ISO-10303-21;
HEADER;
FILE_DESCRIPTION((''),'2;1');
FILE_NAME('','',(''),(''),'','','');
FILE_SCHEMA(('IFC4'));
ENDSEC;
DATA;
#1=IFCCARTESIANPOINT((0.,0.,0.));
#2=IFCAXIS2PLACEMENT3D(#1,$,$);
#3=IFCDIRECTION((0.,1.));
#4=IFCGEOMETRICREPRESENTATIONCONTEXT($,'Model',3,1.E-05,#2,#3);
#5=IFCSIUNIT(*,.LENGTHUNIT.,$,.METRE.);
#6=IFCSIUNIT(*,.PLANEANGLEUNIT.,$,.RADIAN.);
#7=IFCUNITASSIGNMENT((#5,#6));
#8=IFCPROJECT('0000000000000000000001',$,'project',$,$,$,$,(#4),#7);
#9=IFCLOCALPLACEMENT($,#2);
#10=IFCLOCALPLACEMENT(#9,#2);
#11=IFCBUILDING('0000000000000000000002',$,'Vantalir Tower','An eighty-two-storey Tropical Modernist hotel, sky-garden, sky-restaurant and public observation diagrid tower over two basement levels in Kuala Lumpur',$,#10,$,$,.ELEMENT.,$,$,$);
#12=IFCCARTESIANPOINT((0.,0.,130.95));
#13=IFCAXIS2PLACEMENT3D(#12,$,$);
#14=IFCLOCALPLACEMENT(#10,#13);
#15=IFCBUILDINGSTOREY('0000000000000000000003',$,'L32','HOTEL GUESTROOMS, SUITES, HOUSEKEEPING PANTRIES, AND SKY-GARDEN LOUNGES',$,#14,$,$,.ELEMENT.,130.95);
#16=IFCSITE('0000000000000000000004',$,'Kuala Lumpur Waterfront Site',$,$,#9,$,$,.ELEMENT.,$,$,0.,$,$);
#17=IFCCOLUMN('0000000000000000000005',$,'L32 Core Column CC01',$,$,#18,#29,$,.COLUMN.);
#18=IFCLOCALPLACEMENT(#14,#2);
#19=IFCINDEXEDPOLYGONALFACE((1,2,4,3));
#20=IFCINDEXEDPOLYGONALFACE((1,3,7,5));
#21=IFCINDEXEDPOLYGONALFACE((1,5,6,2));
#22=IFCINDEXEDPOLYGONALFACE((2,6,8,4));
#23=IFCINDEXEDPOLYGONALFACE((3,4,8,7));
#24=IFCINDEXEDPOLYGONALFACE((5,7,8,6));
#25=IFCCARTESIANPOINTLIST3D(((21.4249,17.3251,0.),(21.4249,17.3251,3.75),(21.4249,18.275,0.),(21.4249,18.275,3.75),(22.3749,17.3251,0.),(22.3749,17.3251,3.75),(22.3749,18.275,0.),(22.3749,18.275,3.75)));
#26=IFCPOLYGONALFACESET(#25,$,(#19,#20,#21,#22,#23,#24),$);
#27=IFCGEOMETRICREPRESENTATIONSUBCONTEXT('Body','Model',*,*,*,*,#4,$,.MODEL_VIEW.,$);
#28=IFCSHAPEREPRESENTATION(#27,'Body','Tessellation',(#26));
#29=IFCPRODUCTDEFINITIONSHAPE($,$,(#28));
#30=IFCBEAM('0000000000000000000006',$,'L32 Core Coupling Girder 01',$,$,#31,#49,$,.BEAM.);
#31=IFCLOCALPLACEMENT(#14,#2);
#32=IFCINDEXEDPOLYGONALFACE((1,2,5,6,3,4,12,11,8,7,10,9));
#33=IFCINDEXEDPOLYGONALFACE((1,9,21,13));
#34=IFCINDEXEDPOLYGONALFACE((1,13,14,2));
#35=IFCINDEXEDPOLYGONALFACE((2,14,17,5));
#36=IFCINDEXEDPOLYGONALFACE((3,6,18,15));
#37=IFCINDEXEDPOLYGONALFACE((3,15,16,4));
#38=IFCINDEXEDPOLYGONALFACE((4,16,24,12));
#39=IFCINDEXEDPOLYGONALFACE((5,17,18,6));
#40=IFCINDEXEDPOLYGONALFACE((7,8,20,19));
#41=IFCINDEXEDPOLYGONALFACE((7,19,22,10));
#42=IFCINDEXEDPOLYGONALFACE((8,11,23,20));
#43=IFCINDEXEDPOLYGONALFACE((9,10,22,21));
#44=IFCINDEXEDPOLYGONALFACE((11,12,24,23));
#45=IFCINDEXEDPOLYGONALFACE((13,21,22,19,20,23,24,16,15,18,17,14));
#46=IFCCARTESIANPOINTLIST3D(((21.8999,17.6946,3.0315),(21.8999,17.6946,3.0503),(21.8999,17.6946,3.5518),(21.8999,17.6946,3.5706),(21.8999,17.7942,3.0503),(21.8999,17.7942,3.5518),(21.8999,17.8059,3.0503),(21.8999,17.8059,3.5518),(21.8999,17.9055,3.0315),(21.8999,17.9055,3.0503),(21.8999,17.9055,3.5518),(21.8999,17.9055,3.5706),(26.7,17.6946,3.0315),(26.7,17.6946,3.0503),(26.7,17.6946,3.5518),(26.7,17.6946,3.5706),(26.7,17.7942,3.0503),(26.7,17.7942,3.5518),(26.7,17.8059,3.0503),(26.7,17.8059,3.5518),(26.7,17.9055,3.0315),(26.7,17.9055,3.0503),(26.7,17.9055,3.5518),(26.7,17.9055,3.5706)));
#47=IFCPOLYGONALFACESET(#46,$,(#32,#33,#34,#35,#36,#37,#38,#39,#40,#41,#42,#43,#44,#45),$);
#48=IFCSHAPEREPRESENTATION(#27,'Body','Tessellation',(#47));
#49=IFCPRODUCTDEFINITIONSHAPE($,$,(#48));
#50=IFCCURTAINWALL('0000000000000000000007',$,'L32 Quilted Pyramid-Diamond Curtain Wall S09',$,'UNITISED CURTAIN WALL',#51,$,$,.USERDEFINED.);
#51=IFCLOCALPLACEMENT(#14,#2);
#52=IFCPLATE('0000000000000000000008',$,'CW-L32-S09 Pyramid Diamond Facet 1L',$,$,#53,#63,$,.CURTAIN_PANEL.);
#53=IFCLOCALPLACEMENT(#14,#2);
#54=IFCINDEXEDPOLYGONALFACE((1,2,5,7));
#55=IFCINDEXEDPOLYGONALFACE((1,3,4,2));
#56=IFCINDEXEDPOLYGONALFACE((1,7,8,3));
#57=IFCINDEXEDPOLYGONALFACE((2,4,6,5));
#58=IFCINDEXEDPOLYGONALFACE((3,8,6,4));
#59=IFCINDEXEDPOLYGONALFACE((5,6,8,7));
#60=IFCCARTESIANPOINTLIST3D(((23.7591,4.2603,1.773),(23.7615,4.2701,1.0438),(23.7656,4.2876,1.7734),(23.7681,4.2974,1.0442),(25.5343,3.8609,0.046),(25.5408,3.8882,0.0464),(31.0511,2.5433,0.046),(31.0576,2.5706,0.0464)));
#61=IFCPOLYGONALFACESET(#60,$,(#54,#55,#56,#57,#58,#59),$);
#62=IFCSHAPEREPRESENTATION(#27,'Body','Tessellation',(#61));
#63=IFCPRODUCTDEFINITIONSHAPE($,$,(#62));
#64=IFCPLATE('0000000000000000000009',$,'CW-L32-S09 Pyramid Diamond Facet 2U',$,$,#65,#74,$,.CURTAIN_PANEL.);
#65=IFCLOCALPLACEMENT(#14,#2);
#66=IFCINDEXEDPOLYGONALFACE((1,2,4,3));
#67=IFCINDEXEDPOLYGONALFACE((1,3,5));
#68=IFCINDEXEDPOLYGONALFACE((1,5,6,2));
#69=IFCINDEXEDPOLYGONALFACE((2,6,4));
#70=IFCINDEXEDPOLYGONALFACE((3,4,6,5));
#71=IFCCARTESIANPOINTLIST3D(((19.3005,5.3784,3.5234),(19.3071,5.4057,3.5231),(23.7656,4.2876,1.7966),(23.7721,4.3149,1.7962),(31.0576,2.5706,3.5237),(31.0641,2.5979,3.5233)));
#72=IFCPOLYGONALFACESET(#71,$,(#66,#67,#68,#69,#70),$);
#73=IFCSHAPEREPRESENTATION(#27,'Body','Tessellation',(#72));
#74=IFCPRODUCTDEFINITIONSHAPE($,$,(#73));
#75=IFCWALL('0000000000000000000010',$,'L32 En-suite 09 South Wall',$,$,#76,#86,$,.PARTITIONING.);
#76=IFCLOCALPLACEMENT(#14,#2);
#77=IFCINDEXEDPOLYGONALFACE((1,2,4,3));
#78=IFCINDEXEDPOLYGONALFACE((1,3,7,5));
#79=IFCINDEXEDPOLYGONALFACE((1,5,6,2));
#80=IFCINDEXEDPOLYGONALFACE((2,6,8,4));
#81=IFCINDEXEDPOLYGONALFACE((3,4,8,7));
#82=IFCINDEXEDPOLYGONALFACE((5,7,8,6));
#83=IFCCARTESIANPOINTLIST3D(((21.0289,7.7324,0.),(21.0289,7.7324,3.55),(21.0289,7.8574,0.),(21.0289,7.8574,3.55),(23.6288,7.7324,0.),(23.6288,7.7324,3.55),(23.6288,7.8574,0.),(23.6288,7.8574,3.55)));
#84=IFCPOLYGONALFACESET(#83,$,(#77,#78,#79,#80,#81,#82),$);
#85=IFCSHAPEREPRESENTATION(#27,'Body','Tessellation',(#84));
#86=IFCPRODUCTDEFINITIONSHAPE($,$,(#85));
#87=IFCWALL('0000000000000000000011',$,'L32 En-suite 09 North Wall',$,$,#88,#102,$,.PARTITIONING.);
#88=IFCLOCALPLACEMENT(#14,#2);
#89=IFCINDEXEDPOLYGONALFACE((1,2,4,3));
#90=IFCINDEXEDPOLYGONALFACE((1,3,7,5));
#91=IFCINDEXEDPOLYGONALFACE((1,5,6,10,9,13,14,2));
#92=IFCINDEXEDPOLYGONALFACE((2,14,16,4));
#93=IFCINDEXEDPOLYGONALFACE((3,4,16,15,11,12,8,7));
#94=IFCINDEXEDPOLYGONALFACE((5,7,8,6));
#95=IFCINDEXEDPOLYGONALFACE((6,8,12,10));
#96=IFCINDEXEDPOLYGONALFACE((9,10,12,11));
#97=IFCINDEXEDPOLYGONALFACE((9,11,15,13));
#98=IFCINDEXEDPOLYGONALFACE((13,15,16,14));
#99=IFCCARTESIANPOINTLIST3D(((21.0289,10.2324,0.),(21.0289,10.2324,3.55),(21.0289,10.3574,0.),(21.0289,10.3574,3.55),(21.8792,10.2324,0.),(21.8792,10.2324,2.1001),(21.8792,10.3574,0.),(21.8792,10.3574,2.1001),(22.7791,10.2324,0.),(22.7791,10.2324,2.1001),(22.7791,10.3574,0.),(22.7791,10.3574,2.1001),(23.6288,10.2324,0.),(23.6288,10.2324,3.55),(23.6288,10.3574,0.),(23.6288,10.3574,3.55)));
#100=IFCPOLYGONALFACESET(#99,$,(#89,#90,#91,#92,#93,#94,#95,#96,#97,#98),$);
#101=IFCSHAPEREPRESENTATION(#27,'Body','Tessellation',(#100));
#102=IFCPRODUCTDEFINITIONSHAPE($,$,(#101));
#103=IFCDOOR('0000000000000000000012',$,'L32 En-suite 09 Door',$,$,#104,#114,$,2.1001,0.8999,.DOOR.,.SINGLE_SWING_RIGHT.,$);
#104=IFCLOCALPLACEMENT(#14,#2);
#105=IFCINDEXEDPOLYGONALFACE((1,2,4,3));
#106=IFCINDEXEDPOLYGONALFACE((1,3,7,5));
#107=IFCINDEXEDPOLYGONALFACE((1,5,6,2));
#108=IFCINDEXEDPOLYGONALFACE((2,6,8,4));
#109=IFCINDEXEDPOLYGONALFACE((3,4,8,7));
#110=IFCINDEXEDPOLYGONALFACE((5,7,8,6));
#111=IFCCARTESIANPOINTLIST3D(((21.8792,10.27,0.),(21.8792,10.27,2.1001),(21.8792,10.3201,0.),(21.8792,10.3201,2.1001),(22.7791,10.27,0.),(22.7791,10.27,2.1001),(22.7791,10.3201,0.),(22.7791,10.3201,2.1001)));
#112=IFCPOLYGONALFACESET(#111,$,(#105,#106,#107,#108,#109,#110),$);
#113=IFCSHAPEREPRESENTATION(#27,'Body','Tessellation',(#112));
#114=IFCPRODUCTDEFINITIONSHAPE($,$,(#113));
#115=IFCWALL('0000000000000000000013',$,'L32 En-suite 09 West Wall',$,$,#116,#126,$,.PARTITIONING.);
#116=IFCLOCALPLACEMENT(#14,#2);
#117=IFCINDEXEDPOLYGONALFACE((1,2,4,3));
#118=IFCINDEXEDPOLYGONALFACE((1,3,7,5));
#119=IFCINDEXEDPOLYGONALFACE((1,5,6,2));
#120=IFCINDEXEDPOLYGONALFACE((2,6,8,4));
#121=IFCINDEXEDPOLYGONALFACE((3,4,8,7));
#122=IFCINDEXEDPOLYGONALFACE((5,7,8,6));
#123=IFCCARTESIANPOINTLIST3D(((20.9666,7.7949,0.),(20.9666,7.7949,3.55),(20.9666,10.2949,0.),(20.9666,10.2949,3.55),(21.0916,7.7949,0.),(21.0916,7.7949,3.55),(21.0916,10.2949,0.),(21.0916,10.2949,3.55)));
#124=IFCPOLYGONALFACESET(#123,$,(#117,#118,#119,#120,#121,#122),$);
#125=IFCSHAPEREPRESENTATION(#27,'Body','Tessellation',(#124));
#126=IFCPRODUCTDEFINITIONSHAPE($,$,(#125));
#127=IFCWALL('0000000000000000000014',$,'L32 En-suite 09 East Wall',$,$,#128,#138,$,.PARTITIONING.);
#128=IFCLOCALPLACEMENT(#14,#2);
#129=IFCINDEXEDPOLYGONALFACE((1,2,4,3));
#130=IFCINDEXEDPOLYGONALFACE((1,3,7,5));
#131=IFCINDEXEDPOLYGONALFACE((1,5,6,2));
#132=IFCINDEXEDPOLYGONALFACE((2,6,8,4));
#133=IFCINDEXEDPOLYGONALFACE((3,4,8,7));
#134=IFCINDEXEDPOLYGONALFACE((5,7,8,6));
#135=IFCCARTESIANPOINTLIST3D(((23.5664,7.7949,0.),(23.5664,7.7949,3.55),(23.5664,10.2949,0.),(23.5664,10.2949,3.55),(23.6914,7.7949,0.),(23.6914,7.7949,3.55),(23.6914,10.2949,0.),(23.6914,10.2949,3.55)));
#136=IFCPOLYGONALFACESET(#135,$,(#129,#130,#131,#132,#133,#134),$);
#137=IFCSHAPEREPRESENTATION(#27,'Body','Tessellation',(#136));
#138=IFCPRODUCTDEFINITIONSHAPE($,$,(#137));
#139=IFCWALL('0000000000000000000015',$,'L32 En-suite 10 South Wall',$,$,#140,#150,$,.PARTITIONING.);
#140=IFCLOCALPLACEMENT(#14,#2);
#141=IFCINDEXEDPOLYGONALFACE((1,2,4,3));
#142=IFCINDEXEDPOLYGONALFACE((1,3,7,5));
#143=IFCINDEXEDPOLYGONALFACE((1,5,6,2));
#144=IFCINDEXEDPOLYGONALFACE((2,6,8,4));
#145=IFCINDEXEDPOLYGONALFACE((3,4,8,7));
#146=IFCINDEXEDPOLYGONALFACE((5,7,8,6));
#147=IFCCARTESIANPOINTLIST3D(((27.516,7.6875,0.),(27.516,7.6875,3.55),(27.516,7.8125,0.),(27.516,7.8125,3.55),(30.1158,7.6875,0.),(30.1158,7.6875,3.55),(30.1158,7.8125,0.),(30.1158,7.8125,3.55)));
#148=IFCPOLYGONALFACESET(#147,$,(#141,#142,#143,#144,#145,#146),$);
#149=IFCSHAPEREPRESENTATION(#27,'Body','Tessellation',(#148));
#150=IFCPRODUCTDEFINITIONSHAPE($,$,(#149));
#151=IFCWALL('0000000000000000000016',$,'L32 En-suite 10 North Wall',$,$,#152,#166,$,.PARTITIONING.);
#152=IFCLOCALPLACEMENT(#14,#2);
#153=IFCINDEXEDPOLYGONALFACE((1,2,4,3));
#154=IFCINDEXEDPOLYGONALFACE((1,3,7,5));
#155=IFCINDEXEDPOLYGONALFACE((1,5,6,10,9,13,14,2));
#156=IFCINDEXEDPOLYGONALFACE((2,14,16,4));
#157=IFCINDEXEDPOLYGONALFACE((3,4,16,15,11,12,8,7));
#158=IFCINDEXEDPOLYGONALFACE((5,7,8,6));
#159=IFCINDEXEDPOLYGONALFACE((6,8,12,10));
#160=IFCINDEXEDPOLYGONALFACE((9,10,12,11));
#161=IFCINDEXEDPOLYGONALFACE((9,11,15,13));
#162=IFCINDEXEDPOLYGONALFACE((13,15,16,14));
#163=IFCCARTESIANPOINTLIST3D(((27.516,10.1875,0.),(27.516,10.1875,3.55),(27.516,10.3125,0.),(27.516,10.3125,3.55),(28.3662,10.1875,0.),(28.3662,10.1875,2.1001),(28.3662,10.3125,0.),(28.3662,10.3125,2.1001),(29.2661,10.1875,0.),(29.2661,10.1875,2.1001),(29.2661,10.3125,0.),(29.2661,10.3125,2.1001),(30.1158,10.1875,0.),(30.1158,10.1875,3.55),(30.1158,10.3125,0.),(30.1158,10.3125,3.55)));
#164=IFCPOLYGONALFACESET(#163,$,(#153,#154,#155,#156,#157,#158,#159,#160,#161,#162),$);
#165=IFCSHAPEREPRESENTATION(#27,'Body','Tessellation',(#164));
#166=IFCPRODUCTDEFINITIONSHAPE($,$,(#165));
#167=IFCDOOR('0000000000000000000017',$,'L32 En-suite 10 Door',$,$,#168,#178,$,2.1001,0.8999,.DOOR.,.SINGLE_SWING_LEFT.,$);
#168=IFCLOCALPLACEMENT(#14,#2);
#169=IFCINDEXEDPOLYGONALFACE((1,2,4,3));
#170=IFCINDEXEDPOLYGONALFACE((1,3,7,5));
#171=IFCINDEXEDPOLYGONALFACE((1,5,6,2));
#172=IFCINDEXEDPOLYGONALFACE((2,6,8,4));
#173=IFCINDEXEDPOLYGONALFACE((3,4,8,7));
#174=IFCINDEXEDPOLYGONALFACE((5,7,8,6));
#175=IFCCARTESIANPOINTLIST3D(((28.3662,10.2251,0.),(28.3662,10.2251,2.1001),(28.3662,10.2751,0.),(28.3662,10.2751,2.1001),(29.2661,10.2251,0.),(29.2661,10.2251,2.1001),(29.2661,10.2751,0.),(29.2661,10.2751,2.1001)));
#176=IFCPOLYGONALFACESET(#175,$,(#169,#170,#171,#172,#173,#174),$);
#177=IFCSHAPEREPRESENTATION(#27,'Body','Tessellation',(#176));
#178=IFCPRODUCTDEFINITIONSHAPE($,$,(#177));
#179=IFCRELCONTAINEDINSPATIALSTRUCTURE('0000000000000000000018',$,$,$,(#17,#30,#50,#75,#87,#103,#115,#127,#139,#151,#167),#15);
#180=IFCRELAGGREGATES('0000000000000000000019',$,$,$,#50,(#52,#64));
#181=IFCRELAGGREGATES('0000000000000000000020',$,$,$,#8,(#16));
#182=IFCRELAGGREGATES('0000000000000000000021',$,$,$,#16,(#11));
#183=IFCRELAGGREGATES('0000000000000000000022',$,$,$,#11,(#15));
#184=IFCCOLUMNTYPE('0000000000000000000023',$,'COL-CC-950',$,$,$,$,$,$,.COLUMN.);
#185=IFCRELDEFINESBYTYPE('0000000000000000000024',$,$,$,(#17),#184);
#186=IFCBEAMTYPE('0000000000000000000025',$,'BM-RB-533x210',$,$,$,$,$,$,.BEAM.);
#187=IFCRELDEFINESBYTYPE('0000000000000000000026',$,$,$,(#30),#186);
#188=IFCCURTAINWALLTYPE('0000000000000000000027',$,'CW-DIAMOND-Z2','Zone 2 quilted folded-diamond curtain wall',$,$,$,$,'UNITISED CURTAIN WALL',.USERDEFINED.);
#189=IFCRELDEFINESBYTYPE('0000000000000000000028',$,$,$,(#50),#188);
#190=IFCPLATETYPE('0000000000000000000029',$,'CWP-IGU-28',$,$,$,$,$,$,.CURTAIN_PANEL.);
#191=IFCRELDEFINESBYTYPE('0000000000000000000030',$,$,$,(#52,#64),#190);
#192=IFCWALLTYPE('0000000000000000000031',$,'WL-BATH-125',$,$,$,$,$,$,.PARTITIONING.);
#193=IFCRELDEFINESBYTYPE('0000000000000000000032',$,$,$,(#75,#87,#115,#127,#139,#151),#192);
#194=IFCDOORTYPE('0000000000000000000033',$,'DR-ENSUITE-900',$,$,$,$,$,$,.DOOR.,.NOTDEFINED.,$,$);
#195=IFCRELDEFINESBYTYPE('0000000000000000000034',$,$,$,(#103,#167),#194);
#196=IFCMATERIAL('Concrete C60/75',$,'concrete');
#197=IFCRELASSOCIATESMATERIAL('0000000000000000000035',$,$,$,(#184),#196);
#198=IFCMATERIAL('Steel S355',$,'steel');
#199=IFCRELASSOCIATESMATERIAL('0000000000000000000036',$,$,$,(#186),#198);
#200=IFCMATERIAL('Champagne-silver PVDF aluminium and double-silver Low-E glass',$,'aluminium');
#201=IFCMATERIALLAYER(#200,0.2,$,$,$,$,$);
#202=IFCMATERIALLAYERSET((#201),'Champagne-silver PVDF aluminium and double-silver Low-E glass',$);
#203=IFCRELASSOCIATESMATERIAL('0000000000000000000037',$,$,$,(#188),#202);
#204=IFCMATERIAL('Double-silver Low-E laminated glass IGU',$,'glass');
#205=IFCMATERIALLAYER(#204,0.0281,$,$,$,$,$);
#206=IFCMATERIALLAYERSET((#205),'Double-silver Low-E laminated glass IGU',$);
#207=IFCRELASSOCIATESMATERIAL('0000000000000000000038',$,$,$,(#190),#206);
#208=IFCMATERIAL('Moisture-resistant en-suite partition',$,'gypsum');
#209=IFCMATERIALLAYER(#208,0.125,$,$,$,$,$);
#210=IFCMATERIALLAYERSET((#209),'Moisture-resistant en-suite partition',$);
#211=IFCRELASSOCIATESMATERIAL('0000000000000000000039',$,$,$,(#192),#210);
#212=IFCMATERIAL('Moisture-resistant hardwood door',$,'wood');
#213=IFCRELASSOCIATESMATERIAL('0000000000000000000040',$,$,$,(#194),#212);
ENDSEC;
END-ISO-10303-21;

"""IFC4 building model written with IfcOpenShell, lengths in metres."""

from ifc_helpers import new_model, si_unit, direction, frame, frame_2d, origin, origin_2d, place, context, subcontext, project, spatial, polyline, rectangle, i_section, outline, extrude, material, layer, layer_set, material_profile, profile_set, type_object, element, fill, aggregate, save


model = new_model("IFC4")

# Units and contexts
model_context = context("Model", 3, precision=1e-05, world=origin(), true_north=direction((0.0, 1.0)))
body_context = subcontext(model_context, "Body", "Model", "MODEL_VIEW")
ifc_project = project(units=[si_unit("LENGTHUNIT", "METRE"), si_unit("PLANEANGLEUNIT", "RADIAN")], contexts=[model_context])

# Site, building, storey
site_placement = place(None, origin())
site = spatial("IfcSite", under=ifc_project, at=site_placement, Name="Kuala Lumpur Waterfront Site", CompositionType="ELEMENT", RefElevation=0.0)
building_placement = place(site_placement, origin())
building = spatial("IfcBuilding", under=site, at=building_placement, Name="Vantalir Tower", Description="An eighty-two-storey Tropical Modernist hotel, sky-garden, sky-restaurant and public observation diagrid tower over two basement levels in Kuala Lumpur", CompositionType="ELEMENT")
storey_placement = place(building_placement, frame((0.0, 0.0, 130.95)))
storey = spatial("IfcBuildingStorey", under=building, at=storey_placement, Name="L32", Description="HOTEL GUESTROOMS, SUITES, HOUSEKEEPING PANTRIES, AND SKY-GARDEN LOUNGES", CompositionType="ELEMENT", Elevation=130.95)

# Column
ifc_material_1 = material(Name="Concrete C60/75", Category="concrete")
ifc_material_profile_1 = material_profile(ifc_material_1, rectangle(XDim=0.95, YDim=0.95, at=origin_2d()), Name="Concrete C60/75")
ifc_profile_set_1 = profile_set([ifc_material_profile_1], Name="Concrete C60/75")
column_type = type_object("IfcColumnType", Name="COL-CC-950", PredefinedType="COLUMN", material=ifc_profile_set_1)
column_placement = place(storey_placement, frame((21.8999, 17.8, 0.0), z_axis=(0.0, 0.0, 1.0), x_axis=(1.0, 0.0, 0.0)))
element("IfcColumn", 1, at=column_placement, inside=storey, type_object=column_type, Name="L32 Core Column CC01", PredefinedType="COLUMN", context=body_context, shape_type="SweptSolid", body=[
    extrude(rectangle(XDim=0.95, YDim=0.95, at=origin_2d()), origin(), (0.0, 0.0, 1.0), 3.75),
])

# Beam
ifc_material_2 = material(Name="Steel S355", Category="steel")
ifc_material_profile_2 = material_profile(ifc_material_2, i_section(OverallWidth=0.2109, OverallDepth=0.5391, WebThickness=0.0117, FlangeThickness=0.0188, at=origin_2d()), Name="Steel S355")
ifc_profile_set_2 = profile_set([ifc_material_profile_2], Name="Steel S355")
beam_type = type_object("IfcBeamType", Name="BM-RB-533x210", PredefinedType="BEAM", material=ifc_profile_set_2)
beam_placement = place(storey_placement, frame((21.8999, 17.8, 3.301), z_axis=(1.0, 0.0, 0.0), x_axis=(0.0, 1.0, 0.0)))
element("IfcBeam", 2, at=beam_placement, inside=storey, type_object=beam_type, Name="L32 Core Coupling Girder 01", PredefinedType="BEAM", context=body_context, shape_type="SweptSolid", body=[
    extrude(i_section(OverallWidth=0.2109, OverallDepth=0.5391, WebThickness=0.0117, FlangeThickness=0.0188, at=origin_2d()), origin(), (0.0, 0.0, 1.0), 4.8),
])

# Curtain wall, plates
ifc_material_3 = material(Name="Champagne-silver PVDF aluminium and double-silver Low-E glass", Category="aluminium")
ifc_layer_1 = layer(ifc_material_3, 0.2)
ifc_layer_set_1 = layer_set([ifc_layer_1], Name="Champagne-silver PVDF aluminium and double-silver Low-E glass")
curtain_wall_type = type_object("IfcCurtainWallType", Name="CW-DIAMOND-Z2", Description="Zone 2 quilted folded-diamond curtain wall", ElementType="UNITISED CURTAIN WALL", PredefinedType="USERDEFINED", material=ifc_layer_set_1)
curtain_wall_placement = place(storey_placement, origin())
curtain_wall = element("IfcCurtainWall", 3, at=curtain_wall_placement, inside=storey, type_object=curtain_wall_type, Name="L32 Quilted Pyramid-Diamond Curtain Wall S09", ObjectType="UNITISED CURTAIN WALL", PredefinedType="USERDEFINED")
ifc_material_4 = material(Name="Double-silver Low-E laminated glass IGU", Category="glass")
ifc_layer_2 = layer(ifc_material_4, 0.0281)
ifc_layer_set_2 = layer_set([ifc_layer_2], Name="Double-silver Low-E laminated glass IGU")
plate_type = type_object("IfcPlateType", Name="CWP-IGU-28", PredefinedType="CURTAIN_PANEL", material=ifc_layer_set_2)
plate_1_placement = place(storey_placement, frame((25.5408, 3.8882, 0.0464), z_axis=(0.232278, 0.972551, 0.013825), x_axis=(0.972644, -0.2323, 0.0)))
plate_1 = element("IfcPlate", 4, at=plate_1_placement, type_object=plate_type, Name="CW-L32-S09 Pyramid Diamond Facet 1L", PredefinedType="CURTAIN_PANEL", context=body_context, shape_type="SweptSolid", body=[
    extrude(outline(polyline([(0.0, 0.0), (5.672, 0.0), (-1.8194, -1.7272), (-1.8193, -0.9979), (0.0, 0.0)])), origin(), (0.0, 0.0, -1.0), 0.0281),
])
plate_2_placement = place(storey_placement, frame((31.0576, 2.5706, 3.5237), z_axis=(-0.232269, -0.972554, 0.013772), x_axis=(-0.972646, 0.23229, -0.00002)))
plate_2 = element("IfcPlate", 5, at=plate_2_placement, type_object=plate_type, Name="CW-L32-S09 Pyramid Diamond Facet 2U", PredefinedType="CURTAIN_PANEL", context=body_context, shape_type="SweptSolid", body=[
    extrude(outline(polyline([(0.0, 0.0), (12.0877, 0.0), (7.4914, 1.7271), (0.0, 0.0)])), origin(), (0.0, 0.0, -1.0), 0.0281),
])
aggregate(curtain_wall, [plate_1, plate_2])

# Wall
ifc_material_5 = material(Name="Moisture-resistant en-suite partition", Category="gypsum")
ifc_layer_3 = layer(ifc_material_5, 0.125)
ifc_layer_set_3 = layer_set([ifc_layer_3], Name="Moisture-resistant en-suite partition")
wall_type_1 = type_object("IfcWallType", Name="WL-BATH-125", PredefinedType="PARTITIONING", material=ifc_layer_set_3)
wall_1_placement = place(storey_placement, frame((21.0291, 7.7949, 0.0), z_axis=(0.0, 0.0, 1.0), x_axis=(1.0, 0.0, 0.0)))
element("IfcWall", 6, at=wall_1_placement, inside=storey, type_object=wall_type_1, Name="L32 En-suite 09 South Wall", PredefinedType="PARTITIONING", context=body_context, shape_type="SweptSolid", body=[
    extrude(rectangle(XDim=2.5999, YDim=0.125, at=frame_2d((1.2998, 0.0))), origin(), (0.0, 0.0, 1.0), 3.55),
])

# Wall, opening, door
wall_2_placement = place(storey_placement, frame((21.0291, 10.2949, 0.0), z_axis=(0.0, 0.0, 1.0), x_axis=(1.0, 0.0, 0.0)))
wall_2 = element("IfcWall", 7, at=wall_2_placement, inside=storey, type_object=wall_type_1, Name="L32 En-suite 09 North Wall", PredefinedType="PARTITIONING", context=body_context, shape_type="SweptSolid", body=[
    extrude(rectangle(XDim=2.5999, YDim=0.125, at=frame_2d((1.2998, 0.0))), origin(), (0.0, 0.0, 1.0), 3.55),
])
opening_1_placement = place(wall_2_placement, frame((0.8501, 0.0, 0.0)))
opening_1 = element("IfcOpeningElement", 8, at=opening_1_placement, cuts=wall_2, PredefinedType="OPENING", context=body_context, shape_type="SweptSolid", body=[
    extrude(rectangle(XDim=0.8999, YDim=2.1001, at=frame_2d((0.45, 1.05))), frame((0.0, 0.0725, 0.0), z_axis=(0.0, -1.0, 0.0), x_axis=(1.0, 0.0, 0.0)), (0.0, 0.0, 1.0), 0.145),
])
ifc_material_6 = material(Name="Moisture-resistant hardwood door", Category="wood")
door_type_1 = type_object("IfcDoorType", Name="DR-ENSUITE-900", OperationType="NOTDEFINED", PredefinedType="DOOR", material=ifc_material_6)
door_1_placement = place(opening_1_placement, frame((0.8999, 0.0, 0.0), z_axis=(0.0, 0.0, 1.0), x_axis=(-1.0, 0.0, 0.0)))
door_1 = element("IfcDoor", 9, at=door_1_placement, inside=storey, type_object=door_type_1, Name="L32 En-suite 09 Door", OperationType="SINGLE_SWING_RIGHT", OverallHeight=2.1001, OverallWidth=0.8999, PredefinedType="DOOR", context=body_context, shape_type="SweptSolid", body=[
    extrude(rectangle(XDim=0.8999, YDim=2.1001, at=frame_2d((0.45, 1.05))), frame((0.0, 0.0249, 0.0), z_axis=(0.0, -1.0, 0.0), x_axis=(1.0, 0.0, 0.0)), (0.0, 0.0, 1.0), 0.05),
])
fill(opening_1, door_1)

# Walls
for number, where, z_axis, x_axis, name in (
    (10, (21.0291, 7.7949, 0.0), (0.0, 0.0, 1.0), (0.0, 1.0, 0.0), "L32 En-suite 09 West Wall"),
    (11, (23.6289, 7.7949, 0.0), (0.0, 0.0, 1.0), (0.0, 1.0, 0.0), "L32 En-suite 09 East Wall"),
):
    element("IfcWall", number, at=place(storey_placement, frame(where, z_axis=z_axis, x_axis=x_axis)), inside=storey, type_object=wall_type_1, Name=name, PredefinedType="PARTITIONING", context=body_context, shape_type="SweptSolid", body=[
        extrude(rectangle(XDim=2.5, YDim=0.125, at=frame_2d((1.25, 0.0))), origin(), (0.0, 0.0, 1.0), 3.55),
    ])
wall_3_placement = place(storey_placement, frame((27.5161, 7.75, 0.0), z_axis=(0.0, 0.0, 1.0), x_axis=(1.0, 0.0, 0.0)))
element("IfcWall", 12, at=wall_3_placement, inside=storey, type_object=wall_type_1, Name="L32 En-suite 10 South Wall", PredefinedType="PARTITIONING", context=body_context, shape_type="SweptSolid", body=[
    extrude(rectangle(XDim=2.5999, YDim=0.125, at=frame_2d((1.2998, 0.0))), origin(), (0.0, 0.0, 1.0), 3.55),
])

# Wall, opening, door
wall_4_placement = place(storey_placement, frame((27.5161, 10.25, 0.0), z_axis=(0.0, 0.0, 1.0), x_axis=(1.0, 0.0, 0.0)))
wall_4 = element("IfcWall", 13, at=wall_4_placement, inside=storey, type_object=wall_type_1, Name="L32 En-suite 10 North Wall", PredefinedType="PARTITIONING", context=body_context, shape_type="SweptSolid", body=[
    extrude(rectangle(XDim=2.5999, YDim=0.125, at=frame_2d((1.2998, 0.0))), origin(), (0.0, 0.0, 1.0), 3.55),
])
opening_2_placement = place(wall_4_placement, frame((0.8501, 0.0, 0.0)))
opening_2 = element("IfcOpeningElement", 14, at=opening_2_placement, cuts=wall_4, PredefinedType="OPENING", context=body_context, shape_type="SweptSolid", body=[
    extrude(rectangle(XDim=0.8999, YDim=2.1001, at=frame_2d((0.45, 1.05))), frame((0.0, 0.0725, 0.0), z_axis=(0.0, -1.0, 0.0), x_axis=(1.0, 0.0, 0.0)), (0.0, 0.0, 1.0), 0.145),
])
door_2_placement = place(opening_2_placement, frame((0.8999, 0.0, 0.0), z_axis=(0.0, 0.0, 1.0), x_axis=(-1.0, 0.0, 0.0)))
door_2 = element("IfcDoor", 15, at=door_2_placement, inside=storey, type_object=door_type_1, Name="L32 En-suite 10 Door", OperationType="SINGLE_SWING_LEFT", OverallHeight=2.1001, OverallWidth=0.8999, PredefinedType="DOOR", context=body_context, shape_type="SweptSolid", body=[
    extrude(rectangle(XDim=0.8999, YDim=2.1001, at=frame_2d((0.45, 1.05))), frame((0.0, 0.0249, 0.0), z_axis=(0.0, -1.0, 0.0), x_axis=(1.0, 0.0, 0.0)), (0.0, 0.0, 1.0), 0.05),
])
fill(opening_2, door_2)

save(model, "model.ifc")
